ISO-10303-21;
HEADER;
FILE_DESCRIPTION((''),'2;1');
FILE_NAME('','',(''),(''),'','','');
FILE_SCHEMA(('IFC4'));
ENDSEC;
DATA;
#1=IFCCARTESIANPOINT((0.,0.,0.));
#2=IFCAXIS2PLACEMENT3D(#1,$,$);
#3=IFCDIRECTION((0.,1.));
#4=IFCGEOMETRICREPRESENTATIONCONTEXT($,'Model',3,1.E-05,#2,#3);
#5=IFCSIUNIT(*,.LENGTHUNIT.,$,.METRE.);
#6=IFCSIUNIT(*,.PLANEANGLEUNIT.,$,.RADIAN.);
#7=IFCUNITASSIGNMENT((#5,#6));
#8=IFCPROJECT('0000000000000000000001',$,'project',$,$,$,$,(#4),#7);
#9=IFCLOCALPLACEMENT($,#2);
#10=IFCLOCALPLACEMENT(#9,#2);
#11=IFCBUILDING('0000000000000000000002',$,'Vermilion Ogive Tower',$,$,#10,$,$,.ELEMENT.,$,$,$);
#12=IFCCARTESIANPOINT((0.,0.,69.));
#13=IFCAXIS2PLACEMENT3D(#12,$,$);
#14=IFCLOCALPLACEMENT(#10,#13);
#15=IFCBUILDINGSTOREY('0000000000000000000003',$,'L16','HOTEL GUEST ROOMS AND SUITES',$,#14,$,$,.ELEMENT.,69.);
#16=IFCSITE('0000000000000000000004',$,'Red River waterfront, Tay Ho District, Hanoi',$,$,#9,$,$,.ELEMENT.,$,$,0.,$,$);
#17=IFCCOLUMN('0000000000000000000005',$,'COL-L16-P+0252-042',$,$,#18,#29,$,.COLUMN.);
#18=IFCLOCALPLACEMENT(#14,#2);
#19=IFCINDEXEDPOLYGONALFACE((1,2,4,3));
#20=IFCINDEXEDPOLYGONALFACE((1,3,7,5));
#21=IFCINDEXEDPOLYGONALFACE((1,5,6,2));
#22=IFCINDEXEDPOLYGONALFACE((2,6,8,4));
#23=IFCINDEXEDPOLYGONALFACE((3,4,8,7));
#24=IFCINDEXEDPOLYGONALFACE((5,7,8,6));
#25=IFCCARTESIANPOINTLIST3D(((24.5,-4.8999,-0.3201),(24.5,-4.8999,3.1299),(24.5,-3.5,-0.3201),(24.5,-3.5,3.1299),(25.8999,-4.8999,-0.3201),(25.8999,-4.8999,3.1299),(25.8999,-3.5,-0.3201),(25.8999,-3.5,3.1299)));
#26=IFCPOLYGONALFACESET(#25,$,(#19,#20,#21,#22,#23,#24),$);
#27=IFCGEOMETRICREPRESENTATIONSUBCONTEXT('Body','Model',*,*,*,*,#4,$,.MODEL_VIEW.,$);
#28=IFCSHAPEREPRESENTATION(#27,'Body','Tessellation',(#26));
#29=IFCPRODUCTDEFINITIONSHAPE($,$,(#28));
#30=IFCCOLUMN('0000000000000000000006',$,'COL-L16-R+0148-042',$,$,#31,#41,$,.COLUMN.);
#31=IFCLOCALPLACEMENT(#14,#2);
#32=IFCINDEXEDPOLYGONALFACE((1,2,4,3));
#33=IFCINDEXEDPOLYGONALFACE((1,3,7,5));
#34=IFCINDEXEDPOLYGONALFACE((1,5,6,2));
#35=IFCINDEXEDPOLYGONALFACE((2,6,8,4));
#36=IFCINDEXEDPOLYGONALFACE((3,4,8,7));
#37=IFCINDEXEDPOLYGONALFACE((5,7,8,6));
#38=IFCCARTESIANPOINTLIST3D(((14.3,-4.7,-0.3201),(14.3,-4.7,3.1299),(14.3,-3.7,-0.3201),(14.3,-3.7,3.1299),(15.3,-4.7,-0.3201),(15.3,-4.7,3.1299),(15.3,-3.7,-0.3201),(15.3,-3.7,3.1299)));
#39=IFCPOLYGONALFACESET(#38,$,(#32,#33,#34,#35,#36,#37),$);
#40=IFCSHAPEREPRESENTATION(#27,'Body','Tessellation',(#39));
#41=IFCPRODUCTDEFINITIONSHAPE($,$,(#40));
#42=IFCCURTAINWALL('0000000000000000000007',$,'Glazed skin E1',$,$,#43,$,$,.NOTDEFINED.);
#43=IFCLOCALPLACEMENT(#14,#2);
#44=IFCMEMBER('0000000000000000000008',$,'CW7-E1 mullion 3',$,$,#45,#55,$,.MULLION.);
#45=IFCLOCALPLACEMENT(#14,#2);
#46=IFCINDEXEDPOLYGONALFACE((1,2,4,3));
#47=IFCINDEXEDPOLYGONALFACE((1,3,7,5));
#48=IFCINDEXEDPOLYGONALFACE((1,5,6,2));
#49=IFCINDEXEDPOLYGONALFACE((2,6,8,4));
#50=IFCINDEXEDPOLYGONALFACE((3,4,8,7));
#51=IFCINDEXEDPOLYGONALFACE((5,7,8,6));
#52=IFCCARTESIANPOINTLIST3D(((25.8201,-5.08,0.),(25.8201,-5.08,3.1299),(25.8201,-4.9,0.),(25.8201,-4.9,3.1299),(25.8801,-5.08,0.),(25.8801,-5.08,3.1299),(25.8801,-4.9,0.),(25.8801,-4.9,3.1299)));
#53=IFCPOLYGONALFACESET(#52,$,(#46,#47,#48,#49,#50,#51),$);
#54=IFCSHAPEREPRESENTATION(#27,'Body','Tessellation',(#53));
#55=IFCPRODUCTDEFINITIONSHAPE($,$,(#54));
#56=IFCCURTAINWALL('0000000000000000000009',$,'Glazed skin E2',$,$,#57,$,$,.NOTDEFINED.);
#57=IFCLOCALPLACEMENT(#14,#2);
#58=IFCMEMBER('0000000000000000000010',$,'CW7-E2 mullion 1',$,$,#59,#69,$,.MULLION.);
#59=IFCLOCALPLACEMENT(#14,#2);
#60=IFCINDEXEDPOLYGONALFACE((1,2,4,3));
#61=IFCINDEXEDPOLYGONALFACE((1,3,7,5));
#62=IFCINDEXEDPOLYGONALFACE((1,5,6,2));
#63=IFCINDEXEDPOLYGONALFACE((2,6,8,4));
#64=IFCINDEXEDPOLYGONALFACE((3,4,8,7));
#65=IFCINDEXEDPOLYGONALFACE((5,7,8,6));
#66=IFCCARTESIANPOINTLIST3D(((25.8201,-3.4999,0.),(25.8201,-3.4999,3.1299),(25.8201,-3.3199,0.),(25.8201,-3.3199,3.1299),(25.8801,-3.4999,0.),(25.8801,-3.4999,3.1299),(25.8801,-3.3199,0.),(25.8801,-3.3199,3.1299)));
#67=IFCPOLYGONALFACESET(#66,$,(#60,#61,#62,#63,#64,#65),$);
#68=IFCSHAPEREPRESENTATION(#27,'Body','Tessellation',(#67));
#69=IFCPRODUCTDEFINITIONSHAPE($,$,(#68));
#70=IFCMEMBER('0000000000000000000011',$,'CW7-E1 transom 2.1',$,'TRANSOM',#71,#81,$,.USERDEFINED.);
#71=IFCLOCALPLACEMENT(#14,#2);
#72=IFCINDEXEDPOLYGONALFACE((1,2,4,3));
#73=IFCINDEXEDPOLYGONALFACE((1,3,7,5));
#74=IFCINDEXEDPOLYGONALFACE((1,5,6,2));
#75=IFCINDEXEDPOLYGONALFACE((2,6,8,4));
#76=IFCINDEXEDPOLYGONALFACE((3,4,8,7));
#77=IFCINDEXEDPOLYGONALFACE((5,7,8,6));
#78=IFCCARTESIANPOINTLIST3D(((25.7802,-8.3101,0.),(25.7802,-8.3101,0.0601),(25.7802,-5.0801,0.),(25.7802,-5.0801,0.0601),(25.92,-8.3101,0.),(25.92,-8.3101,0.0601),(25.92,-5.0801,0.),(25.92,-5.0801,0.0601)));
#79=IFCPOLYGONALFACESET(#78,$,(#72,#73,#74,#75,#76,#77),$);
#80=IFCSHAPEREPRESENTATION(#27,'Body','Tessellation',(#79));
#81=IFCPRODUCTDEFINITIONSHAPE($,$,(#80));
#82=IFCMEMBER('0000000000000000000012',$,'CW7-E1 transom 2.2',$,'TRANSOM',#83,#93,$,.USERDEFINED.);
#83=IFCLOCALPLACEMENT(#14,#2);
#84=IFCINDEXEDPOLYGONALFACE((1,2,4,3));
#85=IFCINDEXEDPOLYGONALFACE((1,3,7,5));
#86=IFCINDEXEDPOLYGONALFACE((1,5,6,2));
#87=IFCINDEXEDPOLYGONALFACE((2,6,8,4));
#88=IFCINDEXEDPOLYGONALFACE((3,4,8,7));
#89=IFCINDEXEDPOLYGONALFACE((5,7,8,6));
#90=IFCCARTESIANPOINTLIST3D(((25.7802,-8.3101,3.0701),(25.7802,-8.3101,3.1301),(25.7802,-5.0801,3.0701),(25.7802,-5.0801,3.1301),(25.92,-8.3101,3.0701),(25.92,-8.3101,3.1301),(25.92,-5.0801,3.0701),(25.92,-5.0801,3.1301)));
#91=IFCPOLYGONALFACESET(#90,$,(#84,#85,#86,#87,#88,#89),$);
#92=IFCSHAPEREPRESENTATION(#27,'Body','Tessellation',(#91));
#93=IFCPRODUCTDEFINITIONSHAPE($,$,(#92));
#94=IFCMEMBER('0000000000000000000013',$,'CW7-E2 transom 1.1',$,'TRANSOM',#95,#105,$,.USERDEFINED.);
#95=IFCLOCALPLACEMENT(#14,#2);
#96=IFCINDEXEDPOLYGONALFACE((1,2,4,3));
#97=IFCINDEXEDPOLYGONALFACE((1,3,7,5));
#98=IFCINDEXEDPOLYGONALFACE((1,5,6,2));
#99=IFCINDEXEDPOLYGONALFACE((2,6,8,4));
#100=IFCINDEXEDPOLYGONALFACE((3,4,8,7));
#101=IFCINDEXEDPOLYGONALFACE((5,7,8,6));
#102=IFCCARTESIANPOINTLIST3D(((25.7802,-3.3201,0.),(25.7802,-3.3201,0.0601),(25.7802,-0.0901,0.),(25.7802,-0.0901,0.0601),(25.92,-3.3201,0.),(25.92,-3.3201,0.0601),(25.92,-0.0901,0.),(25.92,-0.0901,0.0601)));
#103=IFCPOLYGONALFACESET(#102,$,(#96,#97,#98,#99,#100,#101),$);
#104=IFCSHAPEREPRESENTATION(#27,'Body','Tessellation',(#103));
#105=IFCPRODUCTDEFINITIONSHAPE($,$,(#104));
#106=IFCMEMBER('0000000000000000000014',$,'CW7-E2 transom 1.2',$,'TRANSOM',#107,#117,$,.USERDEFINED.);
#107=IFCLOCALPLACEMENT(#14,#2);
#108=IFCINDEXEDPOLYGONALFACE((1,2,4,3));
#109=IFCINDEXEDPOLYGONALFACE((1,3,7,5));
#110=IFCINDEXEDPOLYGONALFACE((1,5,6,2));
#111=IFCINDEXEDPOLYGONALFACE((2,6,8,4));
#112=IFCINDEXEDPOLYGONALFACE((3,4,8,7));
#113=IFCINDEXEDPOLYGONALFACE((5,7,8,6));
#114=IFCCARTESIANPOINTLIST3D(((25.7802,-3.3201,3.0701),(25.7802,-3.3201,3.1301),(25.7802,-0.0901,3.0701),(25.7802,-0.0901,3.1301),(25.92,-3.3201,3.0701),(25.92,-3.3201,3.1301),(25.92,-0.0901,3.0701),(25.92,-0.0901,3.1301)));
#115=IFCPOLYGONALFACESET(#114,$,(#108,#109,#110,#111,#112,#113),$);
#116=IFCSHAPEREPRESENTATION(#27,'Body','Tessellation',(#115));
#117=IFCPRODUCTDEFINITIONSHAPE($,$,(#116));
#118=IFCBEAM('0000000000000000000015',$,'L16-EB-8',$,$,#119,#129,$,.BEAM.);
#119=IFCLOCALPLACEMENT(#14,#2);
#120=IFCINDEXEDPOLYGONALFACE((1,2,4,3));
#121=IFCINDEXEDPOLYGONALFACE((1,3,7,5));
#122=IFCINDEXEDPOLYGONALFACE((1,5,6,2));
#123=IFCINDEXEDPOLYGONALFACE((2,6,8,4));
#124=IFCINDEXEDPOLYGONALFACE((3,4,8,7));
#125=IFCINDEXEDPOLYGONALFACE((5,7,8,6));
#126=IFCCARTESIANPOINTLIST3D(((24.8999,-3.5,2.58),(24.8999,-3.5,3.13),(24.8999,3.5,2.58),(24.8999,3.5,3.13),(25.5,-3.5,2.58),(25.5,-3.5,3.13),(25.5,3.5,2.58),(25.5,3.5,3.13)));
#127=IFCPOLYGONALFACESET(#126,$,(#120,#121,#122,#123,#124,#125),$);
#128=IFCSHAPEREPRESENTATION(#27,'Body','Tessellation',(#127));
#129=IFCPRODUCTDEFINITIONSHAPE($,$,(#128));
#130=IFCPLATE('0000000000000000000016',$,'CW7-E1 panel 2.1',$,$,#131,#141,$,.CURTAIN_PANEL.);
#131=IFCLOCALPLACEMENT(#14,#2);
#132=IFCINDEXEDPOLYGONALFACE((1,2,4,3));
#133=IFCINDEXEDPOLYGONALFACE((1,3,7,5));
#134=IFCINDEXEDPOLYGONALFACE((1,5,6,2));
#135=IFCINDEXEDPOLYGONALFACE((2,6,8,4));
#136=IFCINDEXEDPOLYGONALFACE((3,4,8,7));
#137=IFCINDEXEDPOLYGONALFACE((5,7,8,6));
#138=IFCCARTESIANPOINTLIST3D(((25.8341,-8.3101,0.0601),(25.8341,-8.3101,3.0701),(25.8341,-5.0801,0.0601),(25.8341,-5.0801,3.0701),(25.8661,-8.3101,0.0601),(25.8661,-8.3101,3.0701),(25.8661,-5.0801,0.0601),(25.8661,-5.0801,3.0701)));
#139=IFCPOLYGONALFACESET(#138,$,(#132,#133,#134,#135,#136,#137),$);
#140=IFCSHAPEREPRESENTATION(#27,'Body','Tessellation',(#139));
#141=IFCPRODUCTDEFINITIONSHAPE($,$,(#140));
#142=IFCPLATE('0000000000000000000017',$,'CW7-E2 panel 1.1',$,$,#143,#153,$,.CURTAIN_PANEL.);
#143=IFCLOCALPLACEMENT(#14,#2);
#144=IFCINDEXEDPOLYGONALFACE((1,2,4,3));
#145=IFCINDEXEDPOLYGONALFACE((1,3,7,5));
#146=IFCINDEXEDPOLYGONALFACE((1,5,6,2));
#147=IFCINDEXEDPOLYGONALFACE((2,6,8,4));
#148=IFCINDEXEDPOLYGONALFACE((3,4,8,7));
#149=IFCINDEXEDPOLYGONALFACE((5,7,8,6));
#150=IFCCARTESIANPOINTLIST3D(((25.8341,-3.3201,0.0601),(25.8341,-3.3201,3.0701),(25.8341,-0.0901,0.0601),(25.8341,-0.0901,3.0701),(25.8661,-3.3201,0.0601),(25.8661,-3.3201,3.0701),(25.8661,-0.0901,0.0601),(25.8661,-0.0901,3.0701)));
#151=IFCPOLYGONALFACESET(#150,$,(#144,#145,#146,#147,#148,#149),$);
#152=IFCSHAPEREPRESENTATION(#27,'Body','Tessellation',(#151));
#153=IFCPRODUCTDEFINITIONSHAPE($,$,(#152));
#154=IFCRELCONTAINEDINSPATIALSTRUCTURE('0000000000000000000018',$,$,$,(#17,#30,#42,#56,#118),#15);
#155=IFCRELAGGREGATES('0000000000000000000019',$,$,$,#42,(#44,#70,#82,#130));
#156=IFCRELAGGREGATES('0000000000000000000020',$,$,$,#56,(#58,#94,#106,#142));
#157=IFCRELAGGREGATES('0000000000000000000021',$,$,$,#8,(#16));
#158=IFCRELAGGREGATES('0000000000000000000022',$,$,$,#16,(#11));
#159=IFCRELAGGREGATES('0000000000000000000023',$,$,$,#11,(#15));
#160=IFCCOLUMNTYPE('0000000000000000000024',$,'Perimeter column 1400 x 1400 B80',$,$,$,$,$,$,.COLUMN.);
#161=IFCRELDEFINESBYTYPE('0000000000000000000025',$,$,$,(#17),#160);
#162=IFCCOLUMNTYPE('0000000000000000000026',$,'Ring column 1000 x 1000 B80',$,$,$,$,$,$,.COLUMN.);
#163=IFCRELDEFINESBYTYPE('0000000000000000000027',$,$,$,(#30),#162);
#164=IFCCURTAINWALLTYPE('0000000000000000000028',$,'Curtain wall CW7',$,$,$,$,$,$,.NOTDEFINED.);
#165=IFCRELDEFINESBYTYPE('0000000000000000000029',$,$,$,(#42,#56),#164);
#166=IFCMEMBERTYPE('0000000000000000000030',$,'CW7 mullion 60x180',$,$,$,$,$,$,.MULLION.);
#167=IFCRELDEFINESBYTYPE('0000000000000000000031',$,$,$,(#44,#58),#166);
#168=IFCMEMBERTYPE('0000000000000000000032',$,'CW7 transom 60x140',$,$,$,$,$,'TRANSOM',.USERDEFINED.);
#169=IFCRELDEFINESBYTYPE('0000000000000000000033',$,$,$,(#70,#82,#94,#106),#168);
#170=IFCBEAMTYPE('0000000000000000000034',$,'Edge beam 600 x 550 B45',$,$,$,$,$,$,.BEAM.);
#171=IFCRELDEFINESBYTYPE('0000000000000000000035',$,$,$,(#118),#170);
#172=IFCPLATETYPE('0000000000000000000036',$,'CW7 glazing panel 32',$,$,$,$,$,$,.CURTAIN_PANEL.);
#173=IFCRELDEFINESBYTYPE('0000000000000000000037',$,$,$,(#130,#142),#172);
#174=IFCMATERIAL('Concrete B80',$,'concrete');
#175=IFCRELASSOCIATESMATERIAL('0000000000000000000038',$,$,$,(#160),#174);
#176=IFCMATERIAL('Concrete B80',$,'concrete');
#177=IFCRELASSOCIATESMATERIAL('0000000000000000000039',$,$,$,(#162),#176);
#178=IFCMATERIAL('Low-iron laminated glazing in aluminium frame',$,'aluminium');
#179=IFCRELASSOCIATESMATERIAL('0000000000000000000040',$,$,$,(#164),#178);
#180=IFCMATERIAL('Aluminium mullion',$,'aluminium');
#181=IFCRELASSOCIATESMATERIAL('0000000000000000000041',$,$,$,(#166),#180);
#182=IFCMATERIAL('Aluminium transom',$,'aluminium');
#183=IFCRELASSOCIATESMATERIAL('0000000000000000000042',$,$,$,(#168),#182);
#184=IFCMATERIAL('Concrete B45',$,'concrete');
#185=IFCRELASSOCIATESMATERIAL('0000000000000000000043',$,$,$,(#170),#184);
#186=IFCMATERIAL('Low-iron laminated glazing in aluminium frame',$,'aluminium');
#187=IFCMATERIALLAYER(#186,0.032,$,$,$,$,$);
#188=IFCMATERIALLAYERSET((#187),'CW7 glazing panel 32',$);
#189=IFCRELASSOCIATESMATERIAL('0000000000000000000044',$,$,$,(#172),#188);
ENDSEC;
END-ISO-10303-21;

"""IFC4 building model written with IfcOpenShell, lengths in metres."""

from ifc_helpers import new_model, si_unit, direction, frame, origin, origin_2d, place, context, subcontext, project, spatial, rectangle, extrude, material, layer, layer_set, material_profile, profile_set, type_object, element, aggregate, save


model = new_model("IFC4")

# Units and contexts
model_context = context("Model", 3, precision=1e-05, world=origin(), true_north=direction((0.0, 1.0)))
body_context = subcontext(model_context, "Body", "Model", "MODEL_VIEW")
ifc_project = project(units=[si_unit("LENGTHUNIT", "METRE"), si_unit("PLANEANGLEUNIT", "RADIAN")], contexts=[model_context])

# Site, building, storey
site_placement = place(None, origin())
site = spatial("IfcSite", under=ifc_project, at=site_placement, Name="Red River waterfront, Tay Ho District, Hanoi", CompositionType="ELEMENT", RefElevation=0.0)
building_placement = place(site_placement, origin())
building = spatial("IfcBuilding", under=site, at=building_placement, Name="Vermilion Ogive Tower", CompositionType="ELEMENT")
storey_placement = place(building_placement, frame((0.0, 0.0, 69.0)))
storey = spatial("IfcBuildingStorey", under=building, at=storey_placement, Name="L16", Description="HOTEL GUEST ROOMS AND SUITES", CompositionType="ELEMENT", Elevation=69.0)

# Columns
ifc_material_1 = material(Name="Concrete B80", Category="concrete")
ifc_material_profile_1 = material_profile(ifc_material_1, rectangle(XDim=1.3999, YDim=1.3999, at=origin_2d()), Name="1400 x 1400")
ifc_profile_set_1 = profile_set([ifc_material_profile_1], Name="Concrete B80")
column_type_1 = type_object("IfcColumnType", Name="Perimeter column 1400 x 1400 B80", PredefinedType="COLUMN", material=ifc_profile_set_1)
column_1_placement = place(storey_placement, frame((25.2, -4.2, -0.3201), z_axis=(0.0, 0.0, 1.0), x_axis=(1.0, 0.0, 0.0)))
element("IfcColumn", 1, at=column_1_placement, inside=storey, type_object=column_type_1, Name="COL-L16-P+0252-042", PredefinedType="COLUMN", context=body_context, shape_type="SweptSolid", body=[
    extrude(rectangle(XDim=1.3999, YDim=1.3999, at=origin_2d()), origin(), (0.0, 0.0, 1.0), 3.45),
])
ifc_material_2 = material(Name="Concrete B80", Category="concrete")
ifc_material_profile_2 = material_profile(ifc_material_2, rectangle(XDim=1.0, YDim=1.0, at=origin_2d()), Name="1000 x 1000")
ifc_profile_set_2 = profile_set([ifc_material_profile_2], Name="Concrete B80")
column_type_2 = type_object("IfcColumnType", Name="Ring column 1000 x 1000 B80", PredefinedType="COLUMN", material=ifc_profile_set_2)
column_2_placement = place(storey_placement, frame((14.8, -4.2, -0.3201), z_axis=(0.0, 0.0, 1.0), x_axis=(1.0, 0.0, 0.0)))
element("IfcColumn", 2, at=column_2_placement, inside=storey, type_object=column_type_2, Name="COL-L16-R+0148-042", PredefinedType="COLUMN", context=body_context, shape_type="SweptSolid", body=[
    extrude(rectangle(XDim=1.0, YDim=1.0, at=origin_2d()), origin(), (0.0, 0.0, 1.0), 3.45),
])

# Curtain walls, members
ifc_material_3 = material(Name="Low-iron laminated glazing in aluminium frame", Category="aluminium")
curtain_wall_type = type_object("IfcCurtainWallType", Name="Curtain wall CW7", PredefinedType="NOTDEFINED", material=ifc_material_3)
curtain_wall_1_placement = place(storey_placement, origin())
curtain_wall_1 = element("IfcCurtainWall", 3, at=curtain_wall_1_placement, inside=storey, type_object=curtain_wall_type, Name="Glazed skin E1", PredefinedType="NOTDEFINED")
ifc_material_4 = material(Name="Aluminium mullion", Category="aluminium")
ifc_material_profile_3 = material_profile(ifc_material_4, rectangle(XDim=0.0601, YDim=0.1799, at=origin_2d()), Name="AL 60x180")
ifc_profile_set_3 = profile_set([ifc_material_profile_3], Name="Aluminium mullion")
member_type_1 = type_object("IfcMemberType", Name="CW7 mullion 60x180", PredefinedType="MULLION", material=ifc_profile_set_3)
member_1_placement = place(storey_placement, frame((25.8501, -4.99, 0.0), z_axis=(0.0, 0.0, 1.0), x_axis=(-1.0, 0.0, 0.0)))
member_1 = element("IfcMember", 4, at=member_1_placement, type_object=member_type_1, Name="CW7-E1 mullion 3", PredefinedType="MULLION", context=body_context, shape_type="SweptSolid", body=[
    extrude(rectangle(XDim=0.0601, YDim=0.1799, at=origin_2d()), origin(), (0.0, 0.0, 1.0), 3.1299),
])
curtain_wall_2_placement = place(storey_placement, origin())
curtain_wall_2 = element("IfcCurtainWall", 5, at=curtain_wall_2_placement, inside=storey, type_object=curtain_wall_type, Name="Glazed skin E2", PredefinedType="NOTDEFINED")
member_2_placement = place(storey_placement, frame((25.8501, -3.4099, 0.0), z_axis=(0.0, 0.0, 1.0), x_axis=(-1.0, 0.0, 0.0)))
member_2 = element("IfcMember", 6, at=member_2_placement, type_object=member_type_1, Name="CW7-E2 mullion 1", PredefinedType="MULLION", context=body_context, shape_type="SweptSolid", body=[
    extrude(rectangle(XDim=0.0601, YDim=0.1799, at=origin_2d()), origin(), (0.0, 0.0, 1.0), 3.1299),
])

# Members
ifc_material_5 = material(Name="Aluminium transom", Category="aluminium")
ifc_material_profile_4 = material_profile(ifc_material_5, rectangle(XDim=0.1399, YDim=0.0601, at=origin_2d()), Name="AL 60x140")
ifc_profile_set_4 = profile_set([ifc_material_profile_4], Name="Aluminium transom")
member_type_2 = type_object("IfcMemberType", Name="CW7 transom 60x140", ElementType="TRANSOM", PredefinedType="USERDEFINED", material=ifc_profile_set_4)
member_3_placement = place(storey_placement, frame((25.8501, -8.3101, 0.03), z_axis=(0.0, 1.0, 0.0), x_axis=(-1.0, 0.0, 0.0)))
member_3 = element("IfcMember", 7, at=member_3_placement, type_object=member_type_2, Name="CW7-E1 transom 2.1", ObjectType="TRANSOM", PredefinedType="USERDEFINED", context=body_context, shape_type="SweptSolid", body=[
    extrude(rectangle(XDim=0.1399, YDim=0.0601, at=origin_2d()), origin(), (0.0, 0.0, 1.0), 3.23),
])
member_4_placement = place(storey_placement, frame((25.8501, -8.3101, 3.1001), z_axis=(0.0, 1.0, 0.0), x_axis=(-1.0, 0.0, 0.0)))
member_4 = element("IfcMember", 8, at=member_4_placement, type_object=member_type_2, Name="CW7-E1 transom 2.2", ObjectType="TRANSOM", PredefinedType="USERDEFINED", context=body_context, shape_type="SweptSolid", body=[
    extrude(rectangle(XDim=0.1399, YDim=0.0601, at=origin_2d()), origin(), (0.0, 0.0, 1.0), 3.23),
])
member_5_placement = place(storey_placement, frame((25.8501, -3.3201, 0.03), z_axis=(0.0, 1.0, 0.0), x_axis=(-1.0, 0.0, 0.0)))
member_5 = element("IfcMember", 9, at=member_5_placement, type_object=member_type_2, Name="CW7-E2 transom 1.1", ObjectType="TRANSOM", PredefinedType="USERDEFINED", context=body_context, shape_type="SweptSolid", body=[
    extrude(rectangle(XDim=0.1399, YDim=0.0601, at=origin_2d()), origin(), (0.0, 0.0, 1.0), 3.23),
])
member_6_placement = place(storey_placement, frame((25.8501, -3.3201, 3.1001), z_axis=(0.0, 1.0, 0.0), x_axis=(-1.0, 0.0, 0.0)))
member_6 = element("IfcMember", 10, at=member_6_placement, type_object=member_type_2, Name="CW7-E2 transom 1.2", ObjectType="TRANSOM", PredefinedType="USERDEFINED", context=body_context, shape_type="SweptSolid", body=[
    extrude(rectangle(XDim=0.1399, YDim=0.0601, at=origin_2d()), origin(), (0.0, 0.0, 1.0), 3.23),
])

# Beam
ifc_material_6 = material(Name="Concrete B45", Category="concrete")
ifc_material_profile_5 = material_profile(ifc_material_6, rectangle(XDim=0.6001, YDim=0.55, at=origin_2d()), Name="600 x 550")
ifc_profile_set_5 = profile_set([ifc_material_profile_5], Name="Concrete B45")
beam_type = type_object("IfcBeamType", Name="Edge beam 600 x 550 B45", PredefinedType="BEAM", material=ifc_profile_set_5)
beam_placement = place(storey_placement, frame((25.2, -3.5, 2.855), z_axis=(0.0, 1.0, 0.0), x_axis=(-1.0, 0.0, 0.0)))
element("IfcBeam", 11, at=beam_placement, inside=storey, type_object=beam_type, Name="L16-EB-8", PredefinedType="BEAM", context=body_context, shape_type="SweptSolid", body=[
    extrude(rectangle(XDim=0.6001, YDim=0.55, at=origin_2d()), origin(), (0.0, 0.0, 1.0), 7.0),
])

# Plates
ifc_material_7 = material(Name="Low-iron laminated glazing in aluminium frame", Category="aluminium")
ifc_layer_1 = layer(ifc_material_7, 0.032)
ifc_layer_set_1 = layer_set([ifc_layer_1], Name="CW7 glazing panel 32")
plate_type = type_object("IfcPlateType", Name="CW7 glazing panel 32", PredefinedType="CURTAIN_PANEL", material=ifc_layer_set_1)
plate_1_placement = place(storey_placement, frame((25.8501, -6.6951, 0.0601), z_axis=(0.0, 0.0, 1.0), x_axis=(0.0, 1.0, 0.0)))
plate_1 = element("IfcPlate", 12, at=plate_1_placement, type_object=plate_type, Name="CW7-E1 panel 2.1", PredefinedType="CURTAIN_PANEL", context=body_context, shape_type="SweptSolid", body=[
    extrude(rectangle(XDim=3.23, YDim=0.032, at=origin_2d()), origin(), (0.0, 0.0, 1.0), 3.01),
])
aggregate(curtain_wall_1, [member_1, member_3, member_4, plate_1])
plate_2_placement = place(storey_placement, frame((25.8501, -1.7051, 0.0601), z_axis=(0.0, 0.0, 1.0), x_axis=(0.0, 1.0, 0.0)))
plate_2 = element("IfcPlate", 13, at=plate_2_placement, type_object=plate_type, Name="CW7-E2 panel 1.1", PredefinedType="CURTAIN_PANEL", context=body_context, shape_type="SweptSolid", body=[
    extrude(rectangle(XDim=3.23, YDim=0.032, at=origin_2d()), origin(), (0.0, 0.0, 1.0), 3.01),
])
aggregate(curtain_wall_2, [member_2, member_5, member_6, plate_2])

save(model, "model.ifc")
